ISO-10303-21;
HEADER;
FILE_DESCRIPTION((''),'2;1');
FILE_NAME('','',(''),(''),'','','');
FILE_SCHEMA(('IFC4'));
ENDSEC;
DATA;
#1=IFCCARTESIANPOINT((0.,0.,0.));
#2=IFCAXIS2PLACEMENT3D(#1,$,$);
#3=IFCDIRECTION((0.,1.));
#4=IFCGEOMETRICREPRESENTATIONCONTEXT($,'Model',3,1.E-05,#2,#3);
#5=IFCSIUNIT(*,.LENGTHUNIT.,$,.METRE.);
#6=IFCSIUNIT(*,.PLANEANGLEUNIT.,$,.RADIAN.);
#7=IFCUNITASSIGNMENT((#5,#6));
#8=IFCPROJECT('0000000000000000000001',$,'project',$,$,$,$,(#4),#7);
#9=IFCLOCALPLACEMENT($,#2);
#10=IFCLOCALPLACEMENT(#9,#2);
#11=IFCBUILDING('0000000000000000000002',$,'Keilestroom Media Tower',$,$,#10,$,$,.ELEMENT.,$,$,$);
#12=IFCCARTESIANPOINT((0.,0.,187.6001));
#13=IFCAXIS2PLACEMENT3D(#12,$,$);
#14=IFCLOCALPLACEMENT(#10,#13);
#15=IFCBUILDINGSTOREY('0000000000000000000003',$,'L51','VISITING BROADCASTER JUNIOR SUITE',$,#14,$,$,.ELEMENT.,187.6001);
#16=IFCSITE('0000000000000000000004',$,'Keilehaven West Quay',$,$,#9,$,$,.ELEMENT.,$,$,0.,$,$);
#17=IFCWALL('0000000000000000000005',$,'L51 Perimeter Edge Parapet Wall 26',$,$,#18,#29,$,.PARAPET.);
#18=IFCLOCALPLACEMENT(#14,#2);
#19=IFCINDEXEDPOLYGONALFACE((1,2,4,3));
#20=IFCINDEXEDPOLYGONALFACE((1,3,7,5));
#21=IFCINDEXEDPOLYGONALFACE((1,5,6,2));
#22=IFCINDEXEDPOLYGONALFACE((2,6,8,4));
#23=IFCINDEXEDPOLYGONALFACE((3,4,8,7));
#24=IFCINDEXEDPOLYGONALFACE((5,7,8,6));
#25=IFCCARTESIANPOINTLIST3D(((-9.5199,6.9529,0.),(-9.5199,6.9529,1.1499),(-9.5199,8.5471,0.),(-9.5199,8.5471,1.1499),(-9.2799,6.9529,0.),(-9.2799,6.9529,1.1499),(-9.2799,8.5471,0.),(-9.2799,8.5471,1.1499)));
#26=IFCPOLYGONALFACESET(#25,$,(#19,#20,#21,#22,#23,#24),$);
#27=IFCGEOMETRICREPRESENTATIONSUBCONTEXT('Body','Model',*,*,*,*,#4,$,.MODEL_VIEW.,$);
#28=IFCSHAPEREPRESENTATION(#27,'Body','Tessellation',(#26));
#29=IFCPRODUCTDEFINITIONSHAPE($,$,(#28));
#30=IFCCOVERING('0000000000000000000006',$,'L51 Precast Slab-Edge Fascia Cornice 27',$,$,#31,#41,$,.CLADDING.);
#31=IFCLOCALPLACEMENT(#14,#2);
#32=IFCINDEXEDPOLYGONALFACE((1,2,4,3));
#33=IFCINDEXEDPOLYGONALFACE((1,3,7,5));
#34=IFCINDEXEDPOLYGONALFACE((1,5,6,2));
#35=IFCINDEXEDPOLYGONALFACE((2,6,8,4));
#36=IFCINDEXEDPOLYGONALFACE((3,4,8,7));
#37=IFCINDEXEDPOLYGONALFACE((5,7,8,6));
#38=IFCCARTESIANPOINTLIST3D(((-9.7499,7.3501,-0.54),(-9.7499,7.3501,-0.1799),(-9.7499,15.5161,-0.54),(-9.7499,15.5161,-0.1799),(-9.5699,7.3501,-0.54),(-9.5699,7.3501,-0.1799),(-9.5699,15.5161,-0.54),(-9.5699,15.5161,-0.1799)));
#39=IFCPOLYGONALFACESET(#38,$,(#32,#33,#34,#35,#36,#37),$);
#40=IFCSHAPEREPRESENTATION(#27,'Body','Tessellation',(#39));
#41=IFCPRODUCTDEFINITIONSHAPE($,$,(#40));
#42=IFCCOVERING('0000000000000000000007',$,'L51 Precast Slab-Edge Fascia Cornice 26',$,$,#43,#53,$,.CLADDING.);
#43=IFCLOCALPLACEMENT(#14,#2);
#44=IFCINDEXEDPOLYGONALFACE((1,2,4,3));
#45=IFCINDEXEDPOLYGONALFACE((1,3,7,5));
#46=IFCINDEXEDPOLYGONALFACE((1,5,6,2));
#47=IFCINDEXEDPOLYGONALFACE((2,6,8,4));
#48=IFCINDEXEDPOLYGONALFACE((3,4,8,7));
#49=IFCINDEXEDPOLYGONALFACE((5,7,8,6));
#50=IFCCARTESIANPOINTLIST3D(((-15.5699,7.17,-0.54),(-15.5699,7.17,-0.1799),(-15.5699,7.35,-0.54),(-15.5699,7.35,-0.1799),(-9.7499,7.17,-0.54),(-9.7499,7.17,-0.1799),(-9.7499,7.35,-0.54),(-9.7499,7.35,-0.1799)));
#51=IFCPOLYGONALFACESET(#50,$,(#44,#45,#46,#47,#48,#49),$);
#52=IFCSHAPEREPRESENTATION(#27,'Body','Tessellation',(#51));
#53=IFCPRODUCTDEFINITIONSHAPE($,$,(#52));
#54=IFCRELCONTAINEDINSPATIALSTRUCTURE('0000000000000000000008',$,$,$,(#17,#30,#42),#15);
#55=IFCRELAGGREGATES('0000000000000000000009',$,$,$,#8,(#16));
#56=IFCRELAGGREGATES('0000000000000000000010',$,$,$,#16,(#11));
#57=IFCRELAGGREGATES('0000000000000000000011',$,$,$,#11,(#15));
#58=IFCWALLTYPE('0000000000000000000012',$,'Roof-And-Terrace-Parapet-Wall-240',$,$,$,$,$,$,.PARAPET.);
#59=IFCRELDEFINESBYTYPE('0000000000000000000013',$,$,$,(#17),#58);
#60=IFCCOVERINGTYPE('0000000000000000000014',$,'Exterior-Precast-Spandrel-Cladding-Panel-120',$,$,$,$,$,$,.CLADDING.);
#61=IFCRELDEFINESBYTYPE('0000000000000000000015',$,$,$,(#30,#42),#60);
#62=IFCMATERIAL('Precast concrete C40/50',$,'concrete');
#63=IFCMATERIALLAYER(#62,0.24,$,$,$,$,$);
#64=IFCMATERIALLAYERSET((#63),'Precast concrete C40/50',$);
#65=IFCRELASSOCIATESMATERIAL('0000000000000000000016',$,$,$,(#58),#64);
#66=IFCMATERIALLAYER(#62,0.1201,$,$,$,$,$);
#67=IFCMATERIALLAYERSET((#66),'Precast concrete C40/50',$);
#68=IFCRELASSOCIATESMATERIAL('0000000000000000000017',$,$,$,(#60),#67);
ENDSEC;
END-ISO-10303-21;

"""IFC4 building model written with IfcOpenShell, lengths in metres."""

from ifc_helpers import new_model, si_unit, direction, frame, frame_2d, origin, origin_2d, place, context, subcontext, project, spatial, rectangle, extrude, source, transform, mapped, material, layer, layer_set, type_object, element, save


model = new_model("IFC4")

# Units and contexts
model_context = context("Model", 3, precision=1e-05, world=origin(), true_north=direction((0.0, 1.0)))
body_context = subcontext(model_context, "Body", "Model", "MODEL_VIEW")
ifc_project = project(units=[si_unit("LENGTHUNIT", "METRE"), si_unit("PLANEANGLEUNIT", "RADIAN")], contexts=[model_context])

# Site, building, storey
site_placement = place(None, origin())
site = spatial("IfcSite", under=ifc_project, at=site_placement, Name="Keilehaven West Quay", CompositionType="ELEMENT", RefElevation=0.0)
building_placement = place(site_placement, origin())
building = spatial("IfcBuilding", under=site, at=building_placement, Name="Keilestroom Media Tower", CompositionType="ELEMENT")
storey_placement = place(building_placement, frame((0.0, 0.0, 187.6001)))
storey = spatial("IfcBuildingStorey", under=building, at=storey_placement, Name="L51", Description="VISITING BROADCASTER JUNIOR SUITE", CompositionType="ELEMENT", Elevation=187.6001)

# Shared definitions
ifc_material_1 = material(Name="Precast concrete C40/50", Category="concrete")

# Wall
ifc_layer_1 = layer(ifc_material_1, 0.24)
ifc_layer_set_1 = layer_set([ifc_layer_1], Name="Precast concrete C40/50")
wall_type_1 = type_object("IfcWallType", Name="Roof-And-Terrace-Parapet-Wall-240", PredefinedType="PARAPET", material=ifc_layer_set_1)
wall_1_placement = place(storey_placement, frame((-9.3999, 6.9529, 0.0), z_axis=(0.0, 0.0, 1.0), x_axis=(0.0, 1.0, 0.0)))
element("IfcWall", 1, at=wall_1_placement, inside=storey, type_object=wall_type_1, Name="L51 Perimeter Edge Parapet Wall 26", PredefinedType="PARAPET", context=body_context, shape_type="SweptSolid", body=[
    extrude(rectangle(XDim=1.5942, YDim=0.24, at=frame_2d((0.7971, 0.0))), origin(), (0.0, 0.0, 1.0), 1.1499),
])

# Coverings
ifc_layer_2 = layer(ifc_material_1, 0.1201)
ifc_layer_set_2 = layer_set([ifc_layer_2], Name="Precast concrete C40/50")
covering_type = type_object("IfcCoveringType", Name="Exterior-Precast-Spandrel-Cladding-Panel-120", PredefinedType="CLADDING", material=ifc_layer_set_2)
shared_shape_1 = source(origin(), body_context, "Body", "SweptSolid", [
    extrude(rectangle(XDim=8.166, YDim=0.1799, at=origin_2d()), origin(), (0.0, 0.0, 1.0), 0.3601),
])
covering_1_placement = place(storey_placement, frame((-9.6599, 11.4331, -0.54), z_axis=(0.0, 0.0, 1.0), x_axis=(0.0, 1.0, 0.0)))
element("IfcCovering", 2, at=covering_1_placement, inside=storey, type_object=covering_type, Name="L51 Precast Slab-Edge Fascia Cornice 27", PredefinedType="CLADDING", context=body_context, shape_type="MappedRepresentation", body=[
    mapped(shared_shape_1, transform((0.0, 0.0, 0.0), x_axis=(1.0, 0.0, 0.0), y_axis=(0.0, 1.0, 0.0), z_axis=(0.0, 0.0, 1.0), scale=1.0)),
])
shared_shape_2 = source(origin(), body_context, "Body", "SweptSolid", [
    extrude(rectangle(XDim=5.8201, YDim=0.1799, at=origin_2d()), origin(), (0.0, 0.0, 1.0), 0.3601),
])
covering_2_placement = place(storey_placement, frame((-12.6599, 7.26, -0.54), z_axis=(0.0, 0.0, 1.0), x_axis=(1.0, 0.0, 0.0)))
element("IfcCovering", 3, at=covering_2_placement, inside=storey, type_object=covering_type, Name="L51 Precast Slab-Edge Fascia Cornice 26", PredefinedType="CLADDING", context=body_context, shape_type="MappedRepresentation", body=[
    mapped(shared_shape_2, transform((0.0, 0.0, 0.0), x_axis=(1.0, 0.0, 0.0), y_axis=(0.0, 1.0, 0.0), z_axis=(0.0, 0.0, 1.0), scale=1.0)),
])

save(model, "model.ifc")
